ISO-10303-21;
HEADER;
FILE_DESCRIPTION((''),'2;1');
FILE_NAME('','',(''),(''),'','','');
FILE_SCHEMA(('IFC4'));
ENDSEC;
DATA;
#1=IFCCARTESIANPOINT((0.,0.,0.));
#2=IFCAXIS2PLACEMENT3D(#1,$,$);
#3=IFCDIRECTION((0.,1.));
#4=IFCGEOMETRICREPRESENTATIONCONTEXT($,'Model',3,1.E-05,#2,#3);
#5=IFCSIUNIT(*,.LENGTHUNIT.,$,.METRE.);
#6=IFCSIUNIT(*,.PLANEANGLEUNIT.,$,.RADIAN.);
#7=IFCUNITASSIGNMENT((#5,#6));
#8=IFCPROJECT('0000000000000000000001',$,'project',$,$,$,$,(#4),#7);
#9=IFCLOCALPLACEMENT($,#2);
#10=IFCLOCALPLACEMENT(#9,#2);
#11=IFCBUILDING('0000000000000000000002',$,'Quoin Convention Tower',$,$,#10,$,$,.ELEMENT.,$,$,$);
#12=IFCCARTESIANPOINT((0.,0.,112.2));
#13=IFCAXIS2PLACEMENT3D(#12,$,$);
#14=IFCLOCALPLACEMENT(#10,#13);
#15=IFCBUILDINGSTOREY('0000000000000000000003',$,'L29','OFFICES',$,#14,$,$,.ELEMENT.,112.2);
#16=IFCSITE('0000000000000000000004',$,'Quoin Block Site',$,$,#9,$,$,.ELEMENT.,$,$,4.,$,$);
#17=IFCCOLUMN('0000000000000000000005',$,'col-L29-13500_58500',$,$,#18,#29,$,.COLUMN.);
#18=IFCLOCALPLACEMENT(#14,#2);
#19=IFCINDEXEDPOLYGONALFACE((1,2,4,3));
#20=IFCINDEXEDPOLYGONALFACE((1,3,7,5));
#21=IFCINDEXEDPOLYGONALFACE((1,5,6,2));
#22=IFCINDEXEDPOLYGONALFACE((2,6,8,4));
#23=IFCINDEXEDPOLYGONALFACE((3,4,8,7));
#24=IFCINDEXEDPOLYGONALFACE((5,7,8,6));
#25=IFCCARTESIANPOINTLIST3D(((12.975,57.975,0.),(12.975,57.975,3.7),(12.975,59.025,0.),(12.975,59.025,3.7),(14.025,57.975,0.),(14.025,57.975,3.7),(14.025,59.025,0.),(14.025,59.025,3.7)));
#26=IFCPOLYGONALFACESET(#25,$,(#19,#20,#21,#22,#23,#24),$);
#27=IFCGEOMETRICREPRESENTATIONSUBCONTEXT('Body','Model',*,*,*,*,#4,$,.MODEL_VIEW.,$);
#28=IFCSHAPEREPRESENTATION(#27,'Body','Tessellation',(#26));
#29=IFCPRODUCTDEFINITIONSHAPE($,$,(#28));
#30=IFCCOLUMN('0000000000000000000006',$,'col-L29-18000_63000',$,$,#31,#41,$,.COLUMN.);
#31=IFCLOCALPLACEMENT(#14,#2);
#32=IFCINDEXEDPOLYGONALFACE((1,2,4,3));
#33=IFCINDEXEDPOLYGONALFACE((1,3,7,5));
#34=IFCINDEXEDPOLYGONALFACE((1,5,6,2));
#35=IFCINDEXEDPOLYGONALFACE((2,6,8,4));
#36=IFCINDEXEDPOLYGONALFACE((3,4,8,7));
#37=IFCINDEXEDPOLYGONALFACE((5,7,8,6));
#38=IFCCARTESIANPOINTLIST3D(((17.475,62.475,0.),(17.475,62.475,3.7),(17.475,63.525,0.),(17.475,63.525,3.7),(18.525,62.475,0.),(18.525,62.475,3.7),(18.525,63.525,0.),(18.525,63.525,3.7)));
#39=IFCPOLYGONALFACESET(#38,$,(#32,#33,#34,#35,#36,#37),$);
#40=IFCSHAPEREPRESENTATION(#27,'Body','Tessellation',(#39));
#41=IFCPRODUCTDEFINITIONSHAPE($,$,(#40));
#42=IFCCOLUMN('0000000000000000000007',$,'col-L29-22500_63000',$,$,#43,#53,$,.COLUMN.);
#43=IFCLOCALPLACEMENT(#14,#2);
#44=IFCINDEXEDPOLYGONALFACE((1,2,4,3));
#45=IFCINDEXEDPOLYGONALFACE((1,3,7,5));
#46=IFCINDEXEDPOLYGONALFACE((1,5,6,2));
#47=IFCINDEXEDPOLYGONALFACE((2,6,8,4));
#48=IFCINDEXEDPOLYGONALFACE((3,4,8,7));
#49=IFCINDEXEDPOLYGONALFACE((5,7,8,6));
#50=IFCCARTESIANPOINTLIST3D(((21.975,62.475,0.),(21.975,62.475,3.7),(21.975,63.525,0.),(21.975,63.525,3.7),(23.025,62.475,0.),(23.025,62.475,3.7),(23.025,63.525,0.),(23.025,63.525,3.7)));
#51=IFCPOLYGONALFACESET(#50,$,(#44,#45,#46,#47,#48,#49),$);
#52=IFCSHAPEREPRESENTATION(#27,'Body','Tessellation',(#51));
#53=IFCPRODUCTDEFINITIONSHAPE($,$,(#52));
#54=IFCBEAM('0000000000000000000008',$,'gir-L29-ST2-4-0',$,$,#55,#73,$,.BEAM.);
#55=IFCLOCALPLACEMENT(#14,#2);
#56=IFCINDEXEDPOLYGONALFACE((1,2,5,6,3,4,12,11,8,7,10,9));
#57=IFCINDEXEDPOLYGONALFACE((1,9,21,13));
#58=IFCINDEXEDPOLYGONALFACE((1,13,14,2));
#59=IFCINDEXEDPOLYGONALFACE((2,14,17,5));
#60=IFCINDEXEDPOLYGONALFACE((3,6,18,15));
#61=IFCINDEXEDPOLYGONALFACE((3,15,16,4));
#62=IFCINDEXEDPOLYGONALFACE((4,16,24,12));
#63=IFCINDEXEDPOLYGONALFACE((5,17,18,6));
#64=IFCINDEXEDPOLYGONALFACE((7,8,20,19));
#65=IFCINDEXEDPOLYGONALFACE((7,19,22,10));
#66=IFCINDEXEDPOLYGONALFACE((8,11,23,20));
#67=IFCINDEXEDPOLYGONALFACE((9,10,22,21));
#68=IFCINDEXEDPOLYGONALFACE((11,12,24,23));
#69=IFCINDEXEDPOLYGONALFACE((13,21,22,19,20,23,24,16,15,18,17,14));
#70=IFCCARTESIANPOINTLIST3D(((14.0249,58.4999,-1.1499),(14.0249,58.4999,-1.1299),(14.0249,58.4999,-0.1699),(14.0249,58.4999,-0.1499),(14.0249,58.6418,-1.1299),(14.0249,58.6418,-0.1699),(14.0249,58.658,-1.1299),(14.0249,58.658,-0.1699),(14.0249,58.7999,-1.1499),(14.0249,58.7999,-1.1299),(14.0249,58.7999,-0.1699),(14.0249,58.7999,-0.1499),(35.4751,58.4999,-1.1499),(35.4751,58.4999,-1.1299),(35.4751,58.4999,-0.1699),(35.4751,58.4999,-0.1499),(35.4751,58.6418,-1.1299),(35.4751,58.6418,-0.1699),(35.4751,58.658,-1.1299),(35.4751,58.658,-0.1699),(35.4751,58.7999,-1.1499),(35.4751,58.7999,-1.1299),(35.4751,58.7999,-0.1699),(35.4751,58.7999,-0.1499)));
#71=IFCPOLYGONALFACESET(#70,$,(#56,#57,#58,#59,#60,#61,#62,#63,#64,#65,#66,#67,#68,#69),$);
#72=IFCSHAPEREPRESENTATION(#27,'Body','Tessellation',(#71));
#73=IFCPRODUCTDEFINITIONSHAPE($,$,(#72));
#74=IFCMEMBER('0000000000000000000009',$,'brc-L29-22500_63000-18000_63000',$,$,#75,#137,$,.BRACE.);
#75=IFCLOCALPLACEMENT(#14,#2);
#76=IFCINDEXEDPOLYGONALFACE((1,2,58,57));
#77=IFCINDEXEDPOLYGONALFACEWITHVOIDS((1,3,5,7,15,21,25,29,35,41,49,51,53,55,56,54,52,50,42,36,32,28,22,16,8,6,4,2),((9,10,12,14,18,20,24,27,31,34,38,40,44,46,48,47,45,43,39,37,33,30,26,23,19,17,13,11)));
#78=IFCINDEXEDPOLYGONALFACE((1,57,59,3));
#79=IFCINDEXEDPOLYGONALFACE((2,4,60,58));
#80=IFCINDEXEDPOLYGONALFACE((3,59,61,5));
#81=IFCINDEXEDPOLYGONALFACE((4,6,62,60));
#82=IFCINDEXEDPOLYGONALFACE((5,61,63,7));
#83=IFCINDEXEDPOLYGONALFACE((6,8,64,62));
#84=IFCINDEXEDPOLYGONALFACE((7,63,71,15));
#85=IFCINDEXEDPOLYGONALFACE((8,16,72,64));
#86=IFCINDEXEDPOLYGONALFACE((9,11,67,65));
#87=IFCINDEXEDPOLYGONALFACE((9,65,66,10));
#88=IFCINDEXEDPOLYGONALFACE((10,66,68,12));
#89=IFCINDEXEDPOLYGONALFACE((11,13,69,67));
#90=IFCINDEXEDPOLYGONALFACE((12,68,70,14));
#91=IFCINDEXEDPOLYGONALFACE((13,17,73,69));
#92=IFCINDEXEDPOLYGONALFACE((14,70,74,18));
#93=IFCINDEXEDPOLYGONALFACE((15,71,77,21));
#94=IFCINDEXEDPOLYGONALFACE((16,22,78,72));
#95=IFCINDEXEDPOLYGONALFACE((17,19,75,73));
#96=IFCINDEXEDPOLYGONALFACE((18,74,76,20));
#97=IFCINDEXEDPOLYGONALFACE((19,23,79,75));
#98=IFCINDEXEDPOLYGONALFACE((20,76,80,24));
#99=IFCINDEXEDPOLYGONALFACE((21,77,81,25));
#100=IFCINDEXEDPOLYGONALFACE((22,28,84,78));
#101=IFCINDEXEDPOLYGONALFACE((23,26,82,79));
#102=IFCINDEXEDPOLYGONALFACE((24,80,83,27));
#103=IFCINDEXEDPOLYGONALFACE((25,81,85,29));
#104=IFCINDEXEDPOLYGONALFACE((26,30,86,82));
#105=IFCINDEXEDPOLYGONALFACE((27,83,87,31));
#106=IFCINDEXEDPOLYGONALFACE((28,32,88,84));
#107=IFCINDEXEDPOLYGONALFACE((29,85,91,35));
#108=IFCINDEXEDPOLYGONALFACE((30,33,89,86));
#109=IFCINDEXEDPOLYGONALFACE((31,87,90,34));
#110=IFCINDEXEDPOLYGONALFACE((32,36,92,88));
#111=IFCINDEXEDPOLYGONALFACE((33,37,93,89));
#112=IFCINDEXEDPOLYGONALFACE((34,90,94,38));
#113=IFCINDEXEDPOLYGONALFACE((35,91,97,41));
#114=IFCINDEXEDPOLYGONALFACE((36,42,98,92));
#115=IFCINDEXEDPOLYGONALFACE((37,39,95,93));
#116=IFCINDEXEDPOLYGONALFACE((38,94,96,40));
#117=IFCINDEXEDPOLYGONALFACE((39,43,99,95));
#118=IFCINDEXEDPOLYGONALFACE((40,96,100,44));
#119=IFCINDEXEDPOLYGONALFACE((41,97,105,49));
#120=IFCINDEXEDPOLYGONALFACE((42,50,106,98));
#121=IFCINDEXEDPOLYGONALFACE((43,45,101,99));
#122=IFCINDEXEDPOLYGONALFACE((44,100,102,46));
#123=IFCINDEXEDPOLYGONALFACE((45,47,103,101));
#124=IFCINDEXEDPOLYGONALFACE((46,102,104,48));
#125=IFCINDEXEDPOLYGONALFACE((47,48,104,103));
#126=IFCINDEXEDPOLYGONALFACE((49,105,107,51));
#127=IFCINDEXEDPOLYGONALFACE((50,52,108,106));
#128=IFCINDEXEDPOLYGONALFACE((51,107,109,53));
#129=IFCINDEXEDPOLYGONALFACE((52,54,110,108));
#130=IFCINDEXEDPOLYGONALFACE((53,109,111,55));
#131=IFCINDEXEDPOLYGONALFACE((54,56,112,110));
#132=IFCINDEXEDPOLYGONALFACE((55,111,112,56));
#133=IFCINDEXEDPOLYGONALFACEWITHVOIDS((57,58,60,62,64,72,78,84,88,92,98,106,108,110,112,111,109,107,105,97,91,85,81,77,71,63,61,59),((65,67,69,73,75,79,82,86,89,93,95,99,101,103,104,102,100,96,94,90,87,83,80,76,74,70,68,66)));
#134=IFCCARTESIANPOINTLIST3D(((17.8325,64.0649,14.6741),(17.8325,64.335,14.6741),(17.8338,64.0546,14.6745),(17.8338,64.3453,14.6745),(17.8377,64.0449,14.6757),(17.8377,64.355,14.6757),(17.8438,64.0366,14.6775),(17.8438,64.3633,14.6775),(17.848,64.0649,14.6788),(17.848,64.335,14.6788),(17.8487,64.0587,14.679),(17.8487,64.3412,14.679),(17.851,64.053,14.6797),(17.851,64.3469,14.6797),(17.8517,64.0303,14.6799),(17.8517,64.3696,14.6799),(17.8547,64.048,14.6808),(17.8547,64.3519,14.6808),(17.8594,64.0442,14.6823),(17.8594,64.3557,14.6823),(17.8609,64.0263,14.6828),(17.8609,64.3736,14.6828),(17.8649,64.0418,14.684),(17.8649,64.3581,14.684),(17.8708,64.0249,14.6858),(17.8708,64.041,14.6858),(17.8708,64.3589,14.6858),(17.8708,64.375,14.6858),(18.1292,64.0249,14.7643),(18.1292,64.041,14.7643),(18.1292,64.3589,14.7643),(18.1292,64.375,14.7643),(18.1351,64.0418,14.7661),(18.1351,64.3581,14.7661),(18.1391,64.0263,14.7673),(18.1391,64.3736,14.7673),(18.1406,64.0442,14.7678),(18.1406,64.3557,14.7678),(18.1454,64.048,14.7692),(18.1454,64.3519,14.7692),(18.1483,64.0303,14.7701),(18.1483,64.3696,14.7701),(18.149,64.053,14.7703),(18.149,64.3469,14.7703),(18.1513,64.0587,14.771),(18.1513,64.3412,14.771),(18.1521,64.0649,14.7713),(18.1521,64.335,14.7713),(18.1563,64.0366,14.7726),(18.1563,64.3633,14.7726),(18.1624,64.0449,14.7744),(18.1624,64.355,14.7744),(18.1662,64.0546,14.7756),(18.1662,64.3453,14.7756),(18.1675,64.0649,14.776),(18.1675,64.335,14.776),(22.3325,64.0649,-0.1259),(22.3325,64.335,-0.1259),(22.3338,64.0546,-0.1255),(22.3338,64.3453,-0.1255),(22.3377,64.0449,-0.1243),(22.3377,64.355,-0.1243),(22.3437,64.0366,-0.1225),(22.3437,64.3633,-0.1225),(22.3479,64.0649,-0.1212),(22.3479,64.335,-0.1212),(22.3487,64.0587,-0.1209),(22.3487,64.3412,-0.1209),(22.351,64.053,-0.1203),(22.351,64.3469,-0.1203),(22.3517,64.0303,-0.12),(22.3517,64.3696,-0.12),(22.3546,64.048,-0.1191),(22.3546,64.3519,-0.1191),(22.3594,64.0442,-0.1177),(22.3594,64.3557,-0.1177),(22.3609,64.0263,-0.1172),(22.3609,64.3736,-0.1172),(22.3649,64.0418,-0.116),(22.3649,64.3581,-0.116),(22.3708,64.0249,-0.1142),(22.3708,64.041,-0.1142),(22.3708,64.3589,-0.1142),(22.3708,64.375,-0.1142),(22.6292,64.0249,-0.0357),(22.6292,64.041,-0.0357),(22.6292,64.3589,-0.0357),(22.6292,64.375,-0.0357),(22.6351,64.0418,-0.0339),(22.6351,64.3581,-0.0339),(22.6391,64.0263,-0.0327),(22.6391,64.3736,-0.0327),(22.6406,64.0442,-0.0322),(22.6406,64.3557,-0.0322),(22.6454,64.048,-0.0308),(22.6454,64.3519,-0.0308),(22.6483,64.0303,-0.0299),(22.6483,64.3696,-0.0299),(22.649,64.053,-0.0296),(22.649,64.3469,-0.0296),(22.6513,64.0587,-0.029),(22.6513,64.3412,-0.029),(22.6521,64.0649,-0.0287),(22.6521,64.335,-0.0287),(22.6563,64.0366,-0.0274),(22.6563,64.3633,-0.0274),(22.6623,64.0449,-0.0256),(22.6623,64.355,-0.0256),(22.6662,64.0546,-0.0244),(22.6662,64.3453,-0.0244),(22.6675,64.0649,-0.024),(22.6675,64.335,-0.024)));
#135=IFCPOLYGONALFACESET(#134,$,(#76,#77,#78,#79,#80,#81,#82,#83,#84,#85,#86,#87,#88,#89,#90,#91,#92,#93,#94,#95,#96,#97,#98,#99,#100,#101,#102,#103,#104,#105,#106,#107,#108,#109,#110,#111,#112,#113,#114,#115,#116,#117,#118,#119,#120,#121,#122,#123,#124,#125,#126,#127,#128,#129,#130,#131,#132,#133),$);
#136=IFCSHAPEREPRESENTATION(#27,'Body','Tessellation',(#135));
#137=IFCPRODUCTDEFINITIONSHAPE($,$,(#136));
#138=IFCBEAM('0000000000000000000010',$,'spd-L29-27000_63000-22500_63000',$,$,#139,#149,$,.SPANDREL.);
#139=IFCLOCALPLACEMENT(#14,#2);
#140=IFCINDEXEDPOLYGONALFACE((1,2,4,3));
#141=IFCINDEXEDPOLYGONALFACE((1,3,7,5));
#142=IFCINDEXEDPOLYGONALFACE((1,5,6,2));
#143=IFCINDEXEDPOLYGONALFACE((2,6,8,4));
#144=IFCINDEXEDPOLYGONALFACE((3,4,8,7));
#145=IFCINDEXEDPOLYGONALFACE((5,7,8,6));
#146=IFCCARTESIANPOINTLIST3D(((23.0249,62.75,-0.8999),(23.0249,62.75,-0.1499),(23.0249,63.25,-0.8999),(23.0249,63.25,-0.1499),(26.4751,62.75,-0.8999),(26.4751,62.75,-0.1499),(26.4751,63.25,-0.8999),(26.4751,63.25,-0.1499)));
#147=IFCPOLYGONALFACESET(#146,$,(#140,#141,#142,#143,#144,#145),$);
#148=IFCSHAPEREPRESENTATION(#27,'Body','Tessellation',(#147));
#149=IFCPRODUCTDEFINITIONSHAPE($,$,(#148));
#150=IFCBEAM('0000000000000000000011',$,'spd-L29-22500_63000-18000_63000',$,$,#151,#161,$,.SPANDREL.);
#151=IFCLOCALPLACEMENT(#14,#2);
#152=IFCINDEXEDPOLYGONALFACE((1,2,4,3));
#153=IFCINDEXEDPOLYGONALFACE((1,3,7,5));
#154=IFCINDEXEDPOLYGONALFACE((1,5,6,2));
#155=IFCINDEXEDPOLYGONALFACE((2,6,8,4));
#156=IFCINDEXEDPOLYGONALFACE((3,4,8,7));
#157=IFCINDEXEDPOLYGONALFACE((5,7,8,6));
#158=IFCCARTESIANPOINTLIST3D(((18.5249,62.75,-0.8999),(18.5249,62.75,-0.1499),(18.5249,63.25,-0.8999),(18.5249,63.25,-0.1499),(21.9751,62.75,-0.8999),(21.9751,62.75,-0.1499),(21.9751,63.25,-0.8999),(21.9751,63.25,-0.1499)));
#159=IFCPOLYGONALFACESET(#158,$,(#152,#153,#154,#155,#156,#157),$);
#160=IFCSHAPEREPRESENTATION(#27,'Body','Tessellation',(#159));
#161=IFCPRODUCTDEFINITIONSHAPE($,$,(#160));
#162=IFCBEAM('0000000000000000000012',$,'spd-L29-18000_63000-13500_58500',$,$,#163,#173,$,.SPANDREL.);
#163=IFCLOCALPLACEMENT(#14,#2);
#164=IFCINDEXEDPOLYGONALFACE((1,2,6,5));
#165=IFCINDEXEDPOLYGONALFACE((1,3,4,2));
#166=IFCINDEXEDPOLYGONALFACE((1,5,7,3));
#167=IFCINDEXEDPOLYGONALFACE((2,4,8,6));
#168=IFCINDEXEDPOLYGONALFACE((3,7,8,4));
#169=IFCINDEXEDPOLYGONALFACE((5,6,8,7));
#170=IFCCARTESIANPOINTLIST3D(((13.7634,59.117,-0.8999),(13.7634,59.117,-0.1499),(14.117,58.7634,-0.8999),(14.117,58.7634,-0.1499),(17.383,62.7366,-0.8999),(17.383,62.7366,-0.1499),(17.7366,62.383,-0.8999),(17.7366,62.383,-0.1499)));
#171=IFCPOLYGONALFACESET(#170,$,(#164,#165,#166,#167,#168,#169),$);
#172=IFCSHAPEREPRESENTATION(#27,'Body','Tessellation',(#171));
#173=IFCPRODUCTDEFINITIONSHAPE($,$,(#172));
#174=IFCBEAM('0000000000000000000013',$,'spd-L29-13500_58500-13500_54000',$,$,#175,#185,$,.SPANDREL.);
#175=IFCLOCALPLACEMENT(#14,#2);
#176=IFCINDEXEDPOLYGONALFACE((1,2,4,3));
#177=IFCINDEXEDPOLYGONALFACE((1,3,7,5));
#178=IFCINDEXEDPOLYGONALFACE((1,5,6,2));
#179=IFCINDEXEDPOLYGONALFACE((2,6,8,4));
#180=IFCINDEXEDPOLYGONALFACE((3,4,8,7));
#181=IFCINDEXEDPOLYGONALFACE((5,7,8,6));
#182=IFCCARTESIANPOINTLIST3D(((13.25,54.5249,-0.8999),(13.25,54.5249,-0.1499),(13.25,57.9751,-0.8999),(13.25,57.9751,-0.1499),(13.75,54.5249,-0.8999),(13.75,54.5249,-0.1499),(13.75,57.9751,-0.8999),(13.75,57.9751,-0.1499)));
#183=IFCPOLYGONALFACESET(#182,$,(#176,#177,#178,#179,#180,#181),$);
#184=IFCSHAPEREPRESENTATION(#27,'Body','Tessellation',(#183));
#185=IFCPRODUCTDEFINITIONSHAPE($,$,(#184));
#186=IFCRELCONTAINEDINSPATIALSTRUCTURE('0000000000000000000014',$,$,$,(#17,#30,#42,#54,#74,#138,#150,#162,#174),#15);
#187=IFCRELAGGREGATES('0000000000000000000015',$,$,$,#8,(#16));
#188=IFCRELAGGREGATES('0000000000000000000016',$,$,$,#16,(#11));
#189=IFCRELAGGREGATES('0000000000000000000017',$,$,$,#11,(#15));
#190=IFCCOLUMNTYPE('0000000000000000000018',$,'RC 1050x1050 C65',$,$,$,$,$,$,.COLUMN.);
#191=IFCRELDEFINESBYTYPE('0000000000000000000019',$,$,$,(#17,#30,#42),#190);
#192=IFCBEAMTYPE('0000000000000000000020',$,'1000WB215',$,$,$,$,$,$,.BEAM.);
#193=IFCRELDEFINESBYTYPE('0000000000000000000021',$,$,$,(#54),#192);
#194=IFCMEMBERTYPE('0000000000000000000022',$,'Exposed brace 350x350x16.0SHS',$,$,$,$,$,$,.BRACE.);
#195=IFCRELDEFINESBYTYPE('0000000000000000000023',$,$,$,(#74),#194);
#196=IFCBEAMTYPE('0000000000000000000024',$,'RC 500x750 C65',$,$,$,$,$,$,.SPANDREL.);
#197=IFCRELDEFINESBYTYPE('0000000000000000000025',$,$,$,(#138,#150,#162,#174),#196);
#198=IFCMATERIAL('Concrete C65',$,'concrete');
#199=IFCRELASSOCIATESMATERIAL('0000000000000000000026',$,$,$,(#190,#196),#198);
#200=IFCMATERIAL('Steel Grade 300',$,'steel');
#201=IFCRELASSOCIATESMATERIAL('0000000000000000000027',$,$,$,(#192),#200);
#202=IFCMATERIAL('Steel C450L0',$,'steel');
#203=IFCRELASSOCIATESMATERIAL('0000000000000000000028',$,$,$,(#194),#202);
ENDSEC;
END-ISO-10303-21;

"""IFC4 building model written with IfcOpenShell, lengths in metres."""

from ifc_helpers import new_model, si_unit, direction, frame, origin, origin_2d, place, context, subcontext, project, spatial, rectangle, hollow_rectangle, i_section, extrude, material, material_profile, profile_set, type_object, element, save


model = new_model("IFC4")

# Units and contexts
model_context = context("Model", 3, precision=1e-05, world=origin(), true_north=direction((0.0, 1.0)))
body_context = subcontext(model_context, "Body", "Model", "MODEL_VIEW")
ifc_project = project(units=[si_unit("LENGTHUNIT", "METRE"), si_unit("PLANEANGLEUNIT", "RADIAN")], contexts=[model_context])

# Site, building, storey
site_placement = place(None, origin())
site = spatial("IfcSite", under=ifc_project, at=site_placement, Name="Quoin Block Site", CompositionType="ELEMENT", RefElevation=4.0)
building_placement = place(site_placement, origin())
building = spatial("IfcBuilding", under=site, at=building_placement, Name="Quoin Convention Tower", CompositionType="ELEMENT")
storey_placement = place(building_placement, frame((0.0, 0.0, 112.2)))
storey = spatial("IfcBuildingStorey", under=building, at=storey_placement, Name="L29", Description="OFFICES", CompositionType="ELEMENT", Elevation=112.2)

# Columns
ifc_material_1 = material(Name="Concrete C65", Category="concrete")
ifc_material_profile_1 = material_profile(ifc_material_1, rectangle(XDim=1.05, YDim=1.05, at=origin_2d()), Name="RC 1050x1050")
ifc_profile_set_1 = profile_set([ifc_material_profile_1], Name="Concrete C65")
column_type = type_object("IfcColumnType", Name="RC 1050x1050 C65", PredefinedType="COLUMN", material=ifc_profile_set_1)
for number, where, z_axis, x_axis, name in (
    (1, (13.5, 58.5, 0.0), (0.0, 0.0, 1.0), (1.0, 0.0, 0.0), "col-L29-13500_58500"),
    (2, (18.0, 63.0, 0.0), (0.0, 0.0, 1.0), (1.0, 0.0, 0.0), "col-L29-18000_63000"),
    (3, (22.5, 63.0, 0.0), (0.0, 0.0, 1.0), (1.0, 0.0, 0.0), "col-L29-22500_63000"),
):
    element("IfcColumn", number, at=place(storey_placement, frame(where, z_axis=z_axis, x_axis=x_axis)), inside=storey, type_object=column_type, Name=name, PredefinedType="COLUMN", context=body_context, shape_type="SweptSolid", body=[
        extrude(rectangle(XDim=1.05, YDim=1.05, at=origin_2d()), origin(), (0.0, 0.0, 1.0), 3.7),
    ])

# Beam
ifc_material_2 = material(Name="Steel Grade 300", Category="steel")
ifc_material_profile_2 = material_profile(ifc_material_2, i_section(OverallWidth=0.3, OverallDepth=1.0, WebThickness=0.0161, FlangeThickness=0.02, at=origin_2d()), Name="1000WB215")
ifc_profile_set_2 = profile_set([ifc_material_profile_2], Name="Steel Grade 300")
beam_type_1 = type_object("IfcBeamType", Name="1000WB215", PredefinedType="BEAM", material=ifc_profile_set_2)
beam_1_placement = place(storey_placement, frame((14.0249, 58.6499, -0.6499), z_axis=(1.0, 0.0, 0.0), x_axis=(0.0, 1.0, 0.0)))
element("IfcBeam", 4, at=beam_1_placement, inside=storey, type_object=beam_type_1, Name="gir-L29-ST2-4-0", PredefinedType="BEAM", context=body_context, shape_type="SweptSolid", body=[
    extrude(i_section(OverallWidth=0.3, OverallDepth=1.0, WebThickness=0.0161, FlangeThickness=0.02, at=origin_2d()), origin(), (0.0, 0.0, 1.0), 21.4502),
])

# Member
ifc_material_3 = material(Name="Steel C450L0", Category="steel")
ifc_material_profile_3 = material_profile(ifc_material_3, hollow_rectangle(XDim=0.3501, YDim=0.3501, WallThickness=0.0161, InnerFilletRadius=0.0239, OuterFilletRadius=0.04, at=origin_2d()), Name="350x350x16.0SHS")
ifc_profile_set_3 = profile_set([ifc_material_profile_3], Name="Steel C450L0")
member_type = type_object("IfcMemberType", Name="Exposed brace 350x350x16.0SHS", PredefinedType="BRACE", material=ifc_profile_set_3)
member_placement = place(storey_placement, frame((22.5, 64.2, -0.075), z_axis=(-0.290903, 0.0, 0.956752), x_axis=(0.0, -1.0, 0.0)))
element("IfcMember", 5, at=member_placement, inside=storey, type_object=member_type, Name="brc-L29-22500_63000-18000_63000", PredefinedType="BRACE", context=body_context, shape_type="SweptSolid", body=[
    extrude(hollow_rectangle(XDim=0.3501, YDim=0.3501, WallThickness=0.0161, InnerFilletRadius=0.0239, OuterFilletRadius=0.04, at=origin_2d()), origin(), (0.0, 0.0, 1.0), 15.469),
])

# Beams
ifc_material_profile_4 = material_profile(ifc_material_1, rectangle(XDim=0.5, YDim=0.75, at=origin_2d()), Name="RC 500x750")
ifc_profile_set_4 = profile_set([ifc_material_profile_4], Name="Concrete C65")
beam_type_2 = type_object("IfcBeamType", Name="RC 500x750 C65", PredefinedType="SPANDREL", material=ifc_profile_set_4)
for number, where, z_axis, x_axis, name in (
    (6, (26.4751, 63.0, -0.5249), (-1.0, 0.0, 0.0), (0.0, -1.0, 0.0), "spd-L29-27000_63000-22500_63000"),
    (7, (21.9751, 63.0, -0.5249), (-1.0, 0.0, 0.0), (0.0, -1.0, 0.0), "spd-L29-22500_63000-18000_63000"),
):
    element("IfcBeam", number, at=place(storey_placement, frame(where, z_axis=z_axis, x_axis=x_axis)), inside=storey, type_object=beam_type_2, Name=name, PredefinedType="SPANDREL", context=body_context, shape_type="SweptSolid", body=[
        extrude(rectangle(XDim=0.5, YDim=0.75, at=origin_2d()), origin(), (0.0, 0.0, 1.0), 3.4502),
    ])
beam_2_placement = place(storey_placement, frame((17.5598, 62.5598, -0.5249), z_axis=(-0.707107, -0.707107, 0.0), x_axis=(0.707107, -0.707107, 0.0)))
element("IfcBeam", 8, at=beam_2_placement, inside=storey, type_object=beam_type_2, Name="spd-L29-18000_63000-13500_58500", PredefinedType="SPANDREL", context=body_context, shape_type="SweptSolid", body=[
    extrude(rectangle(XDim=0.5, YDim=0.75, at=origin_2d()), origin(), (0.0, 0.0, 1.0), 5.1189),
])
beam_3_placement = place(storey_placement, frame((13.5, 57.9751, -0.5249), z_axis=(0.0, -1.0, 0.0), x_axis=(1.0, 0.0, 0.0)))
element("IfcBeam", 9, at=beam_3_placement, inside=storey, type_object=beam_type_2, Name="spd-L29-13500_58500-13500_54000", PredefinedType="SPANDREL", context=body_context, shape_type="SweptSolid", body=[
    extrude(rectangle(XDim=0.5, YDim=0.75, at=origin_2d()), origin(), (0.0, 0.0, 1.0), 3.4502),
])

save(model, "model.ifc")
